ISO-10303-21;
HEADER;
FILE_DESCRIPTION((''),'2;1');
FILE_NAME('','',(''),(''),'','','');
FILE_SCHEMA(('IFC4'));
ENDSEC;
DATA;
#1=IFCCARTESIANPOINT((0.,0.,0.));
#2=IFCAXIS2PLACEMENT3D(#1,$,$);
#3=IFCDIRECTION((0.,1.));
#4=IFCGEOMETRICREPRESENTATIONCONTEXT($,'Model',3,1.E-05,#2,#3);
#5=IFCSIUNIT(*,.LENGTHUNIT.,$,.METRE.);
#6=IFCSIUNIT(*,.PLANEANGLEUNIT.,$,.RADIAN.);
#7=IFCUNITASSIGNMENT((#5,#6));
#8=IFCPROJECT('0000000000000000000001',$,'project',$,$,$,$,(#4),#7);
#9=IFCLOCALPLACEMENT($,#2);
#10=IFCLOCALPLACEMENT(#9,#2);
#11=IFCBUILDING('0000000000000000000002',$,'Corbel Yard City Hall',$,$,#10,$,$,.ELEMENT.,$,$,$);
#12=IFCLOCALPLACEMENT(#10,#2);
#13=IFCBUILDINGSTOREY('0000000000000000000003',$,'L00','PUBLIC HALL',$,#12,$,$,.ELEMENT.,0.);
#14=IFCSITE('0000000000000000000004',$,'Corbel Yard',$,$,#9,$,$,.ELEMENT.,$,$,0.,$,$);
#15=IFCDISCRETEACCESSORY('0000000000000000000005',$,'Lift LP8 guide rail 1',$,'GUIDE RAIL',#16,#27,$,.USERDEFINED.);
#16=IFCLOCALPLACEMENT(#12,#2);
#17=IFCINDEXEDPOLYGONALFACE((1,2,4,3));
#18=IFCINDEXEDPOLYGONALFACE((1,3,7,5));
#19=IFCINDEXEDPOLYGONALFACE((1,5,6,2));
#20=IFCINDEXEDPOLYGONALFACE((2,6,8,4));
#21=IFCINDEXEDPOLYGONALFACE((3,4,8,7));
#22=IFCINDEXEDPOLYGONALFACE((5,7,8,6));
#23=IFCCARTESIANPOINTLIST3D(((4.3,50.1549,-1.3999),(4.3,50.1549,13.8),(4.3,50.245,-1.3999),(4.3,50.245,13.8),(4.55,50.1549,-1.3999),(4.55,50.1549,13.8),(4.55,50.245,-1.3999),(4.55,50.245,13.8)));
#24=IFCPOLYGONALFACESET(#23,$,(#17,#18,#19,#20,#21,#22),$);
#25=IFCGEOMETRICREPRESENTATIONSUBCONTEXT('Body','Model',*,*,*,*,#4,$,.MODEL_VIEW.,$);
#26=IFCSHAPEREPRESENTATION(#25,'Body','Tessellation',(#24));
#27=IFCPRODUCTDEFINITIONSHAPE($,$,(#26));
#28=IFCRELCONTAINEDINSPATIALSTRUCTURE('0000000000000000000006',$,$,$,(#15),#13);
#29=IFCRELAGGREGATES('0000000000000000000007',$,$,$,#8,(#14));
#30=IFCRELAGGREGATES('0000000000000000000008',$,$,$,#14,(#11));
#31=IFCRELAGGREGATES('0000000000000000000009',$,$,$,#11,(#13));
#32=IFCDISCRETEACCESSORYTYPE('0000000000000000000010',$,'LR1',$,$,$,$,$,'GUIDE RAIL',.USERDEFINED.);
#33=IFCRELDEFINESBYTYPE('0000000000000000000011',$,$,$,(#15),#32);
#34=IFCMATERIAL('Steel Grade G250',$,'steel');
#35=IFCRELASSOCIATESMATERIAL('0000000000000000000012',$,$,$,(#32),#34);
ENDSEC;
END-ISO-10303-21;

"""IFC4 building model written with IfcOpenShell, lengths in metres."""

from ifc_helpers import new_model, si_unit, direction, frame, origin, origin_2d, place, context, subcontext, project, spatial, rectangle, extrude, material, type_object, element, save


model = new_model("IFC4")

# Units and contexts
model_context = context("Model", 3, precision=1e-05, world=origin(), true_north=direction((0.0, 1.0)))
body_context = subcontext(model_context, "Body", "Model", "MODEL_VIEW")
ifc_project = project(units=[si_unit("LENGTHUNIT", "METRE"), si_unit("PLANEANGLEUNIT", "RADIAN")], contexts=[model_context])

# Site, building, storey
site_placement = place(None, origin())
site = spatial("IfcSite", under=ifc_project, at=site_placement, Name="Corbel Yard", CompositionType="ELEMENT", RefElevation=0.0)
building_placement = place(site_placement, origin())
building = spatial("IfcBuilding", under=site, at=building_placement, Name="Corbel Yard City Hall", CompositionType="ELEMENT")
storey_placement = place(building_placement, origin())
storey = spatial("IfcBuildingStorey", under=building, at=storey_placement, Name="L00", Description="PUBLIC HALL", CompositionType="ELEMENT", Elevation=0.0)

# Shared definitions
ifc_material_1 = material(Name="Steel Grade G250", Category="steel")

# Discrete accessory
discrete_accessory_type = type_object("IfcDiscreteAccessoryType", Name="LR1", ElementType="GUIDE RAIL", PredefinedType="USERDEFINED", material=ifc_material_1)
discrete_accessory_placement = place(storey_placement, frame((4.425, 50.2, -1.3999), z_axis=(0.0, 0.0, 1.0), x_axis=(1.0, 0.0, 0.0)))
element("IfcDiscreteAccessory", 1, at=discrete_accessory_placement, inside=storey, type_object=discrete_accessory_type, Name="Lift LP8 guide rail 1", ObjectType="GUIDE RAIL", PredefinedType="USERDEFINED", context=body_context, shape_type="SweptSolid", body=[
    extrude(rectangle(XDim=0.25, YDim=0.0901, at=origin_2d()), origin(), (0.0, 0.0, 1.0), 15.2),
])

save(model, "model.ifc")
